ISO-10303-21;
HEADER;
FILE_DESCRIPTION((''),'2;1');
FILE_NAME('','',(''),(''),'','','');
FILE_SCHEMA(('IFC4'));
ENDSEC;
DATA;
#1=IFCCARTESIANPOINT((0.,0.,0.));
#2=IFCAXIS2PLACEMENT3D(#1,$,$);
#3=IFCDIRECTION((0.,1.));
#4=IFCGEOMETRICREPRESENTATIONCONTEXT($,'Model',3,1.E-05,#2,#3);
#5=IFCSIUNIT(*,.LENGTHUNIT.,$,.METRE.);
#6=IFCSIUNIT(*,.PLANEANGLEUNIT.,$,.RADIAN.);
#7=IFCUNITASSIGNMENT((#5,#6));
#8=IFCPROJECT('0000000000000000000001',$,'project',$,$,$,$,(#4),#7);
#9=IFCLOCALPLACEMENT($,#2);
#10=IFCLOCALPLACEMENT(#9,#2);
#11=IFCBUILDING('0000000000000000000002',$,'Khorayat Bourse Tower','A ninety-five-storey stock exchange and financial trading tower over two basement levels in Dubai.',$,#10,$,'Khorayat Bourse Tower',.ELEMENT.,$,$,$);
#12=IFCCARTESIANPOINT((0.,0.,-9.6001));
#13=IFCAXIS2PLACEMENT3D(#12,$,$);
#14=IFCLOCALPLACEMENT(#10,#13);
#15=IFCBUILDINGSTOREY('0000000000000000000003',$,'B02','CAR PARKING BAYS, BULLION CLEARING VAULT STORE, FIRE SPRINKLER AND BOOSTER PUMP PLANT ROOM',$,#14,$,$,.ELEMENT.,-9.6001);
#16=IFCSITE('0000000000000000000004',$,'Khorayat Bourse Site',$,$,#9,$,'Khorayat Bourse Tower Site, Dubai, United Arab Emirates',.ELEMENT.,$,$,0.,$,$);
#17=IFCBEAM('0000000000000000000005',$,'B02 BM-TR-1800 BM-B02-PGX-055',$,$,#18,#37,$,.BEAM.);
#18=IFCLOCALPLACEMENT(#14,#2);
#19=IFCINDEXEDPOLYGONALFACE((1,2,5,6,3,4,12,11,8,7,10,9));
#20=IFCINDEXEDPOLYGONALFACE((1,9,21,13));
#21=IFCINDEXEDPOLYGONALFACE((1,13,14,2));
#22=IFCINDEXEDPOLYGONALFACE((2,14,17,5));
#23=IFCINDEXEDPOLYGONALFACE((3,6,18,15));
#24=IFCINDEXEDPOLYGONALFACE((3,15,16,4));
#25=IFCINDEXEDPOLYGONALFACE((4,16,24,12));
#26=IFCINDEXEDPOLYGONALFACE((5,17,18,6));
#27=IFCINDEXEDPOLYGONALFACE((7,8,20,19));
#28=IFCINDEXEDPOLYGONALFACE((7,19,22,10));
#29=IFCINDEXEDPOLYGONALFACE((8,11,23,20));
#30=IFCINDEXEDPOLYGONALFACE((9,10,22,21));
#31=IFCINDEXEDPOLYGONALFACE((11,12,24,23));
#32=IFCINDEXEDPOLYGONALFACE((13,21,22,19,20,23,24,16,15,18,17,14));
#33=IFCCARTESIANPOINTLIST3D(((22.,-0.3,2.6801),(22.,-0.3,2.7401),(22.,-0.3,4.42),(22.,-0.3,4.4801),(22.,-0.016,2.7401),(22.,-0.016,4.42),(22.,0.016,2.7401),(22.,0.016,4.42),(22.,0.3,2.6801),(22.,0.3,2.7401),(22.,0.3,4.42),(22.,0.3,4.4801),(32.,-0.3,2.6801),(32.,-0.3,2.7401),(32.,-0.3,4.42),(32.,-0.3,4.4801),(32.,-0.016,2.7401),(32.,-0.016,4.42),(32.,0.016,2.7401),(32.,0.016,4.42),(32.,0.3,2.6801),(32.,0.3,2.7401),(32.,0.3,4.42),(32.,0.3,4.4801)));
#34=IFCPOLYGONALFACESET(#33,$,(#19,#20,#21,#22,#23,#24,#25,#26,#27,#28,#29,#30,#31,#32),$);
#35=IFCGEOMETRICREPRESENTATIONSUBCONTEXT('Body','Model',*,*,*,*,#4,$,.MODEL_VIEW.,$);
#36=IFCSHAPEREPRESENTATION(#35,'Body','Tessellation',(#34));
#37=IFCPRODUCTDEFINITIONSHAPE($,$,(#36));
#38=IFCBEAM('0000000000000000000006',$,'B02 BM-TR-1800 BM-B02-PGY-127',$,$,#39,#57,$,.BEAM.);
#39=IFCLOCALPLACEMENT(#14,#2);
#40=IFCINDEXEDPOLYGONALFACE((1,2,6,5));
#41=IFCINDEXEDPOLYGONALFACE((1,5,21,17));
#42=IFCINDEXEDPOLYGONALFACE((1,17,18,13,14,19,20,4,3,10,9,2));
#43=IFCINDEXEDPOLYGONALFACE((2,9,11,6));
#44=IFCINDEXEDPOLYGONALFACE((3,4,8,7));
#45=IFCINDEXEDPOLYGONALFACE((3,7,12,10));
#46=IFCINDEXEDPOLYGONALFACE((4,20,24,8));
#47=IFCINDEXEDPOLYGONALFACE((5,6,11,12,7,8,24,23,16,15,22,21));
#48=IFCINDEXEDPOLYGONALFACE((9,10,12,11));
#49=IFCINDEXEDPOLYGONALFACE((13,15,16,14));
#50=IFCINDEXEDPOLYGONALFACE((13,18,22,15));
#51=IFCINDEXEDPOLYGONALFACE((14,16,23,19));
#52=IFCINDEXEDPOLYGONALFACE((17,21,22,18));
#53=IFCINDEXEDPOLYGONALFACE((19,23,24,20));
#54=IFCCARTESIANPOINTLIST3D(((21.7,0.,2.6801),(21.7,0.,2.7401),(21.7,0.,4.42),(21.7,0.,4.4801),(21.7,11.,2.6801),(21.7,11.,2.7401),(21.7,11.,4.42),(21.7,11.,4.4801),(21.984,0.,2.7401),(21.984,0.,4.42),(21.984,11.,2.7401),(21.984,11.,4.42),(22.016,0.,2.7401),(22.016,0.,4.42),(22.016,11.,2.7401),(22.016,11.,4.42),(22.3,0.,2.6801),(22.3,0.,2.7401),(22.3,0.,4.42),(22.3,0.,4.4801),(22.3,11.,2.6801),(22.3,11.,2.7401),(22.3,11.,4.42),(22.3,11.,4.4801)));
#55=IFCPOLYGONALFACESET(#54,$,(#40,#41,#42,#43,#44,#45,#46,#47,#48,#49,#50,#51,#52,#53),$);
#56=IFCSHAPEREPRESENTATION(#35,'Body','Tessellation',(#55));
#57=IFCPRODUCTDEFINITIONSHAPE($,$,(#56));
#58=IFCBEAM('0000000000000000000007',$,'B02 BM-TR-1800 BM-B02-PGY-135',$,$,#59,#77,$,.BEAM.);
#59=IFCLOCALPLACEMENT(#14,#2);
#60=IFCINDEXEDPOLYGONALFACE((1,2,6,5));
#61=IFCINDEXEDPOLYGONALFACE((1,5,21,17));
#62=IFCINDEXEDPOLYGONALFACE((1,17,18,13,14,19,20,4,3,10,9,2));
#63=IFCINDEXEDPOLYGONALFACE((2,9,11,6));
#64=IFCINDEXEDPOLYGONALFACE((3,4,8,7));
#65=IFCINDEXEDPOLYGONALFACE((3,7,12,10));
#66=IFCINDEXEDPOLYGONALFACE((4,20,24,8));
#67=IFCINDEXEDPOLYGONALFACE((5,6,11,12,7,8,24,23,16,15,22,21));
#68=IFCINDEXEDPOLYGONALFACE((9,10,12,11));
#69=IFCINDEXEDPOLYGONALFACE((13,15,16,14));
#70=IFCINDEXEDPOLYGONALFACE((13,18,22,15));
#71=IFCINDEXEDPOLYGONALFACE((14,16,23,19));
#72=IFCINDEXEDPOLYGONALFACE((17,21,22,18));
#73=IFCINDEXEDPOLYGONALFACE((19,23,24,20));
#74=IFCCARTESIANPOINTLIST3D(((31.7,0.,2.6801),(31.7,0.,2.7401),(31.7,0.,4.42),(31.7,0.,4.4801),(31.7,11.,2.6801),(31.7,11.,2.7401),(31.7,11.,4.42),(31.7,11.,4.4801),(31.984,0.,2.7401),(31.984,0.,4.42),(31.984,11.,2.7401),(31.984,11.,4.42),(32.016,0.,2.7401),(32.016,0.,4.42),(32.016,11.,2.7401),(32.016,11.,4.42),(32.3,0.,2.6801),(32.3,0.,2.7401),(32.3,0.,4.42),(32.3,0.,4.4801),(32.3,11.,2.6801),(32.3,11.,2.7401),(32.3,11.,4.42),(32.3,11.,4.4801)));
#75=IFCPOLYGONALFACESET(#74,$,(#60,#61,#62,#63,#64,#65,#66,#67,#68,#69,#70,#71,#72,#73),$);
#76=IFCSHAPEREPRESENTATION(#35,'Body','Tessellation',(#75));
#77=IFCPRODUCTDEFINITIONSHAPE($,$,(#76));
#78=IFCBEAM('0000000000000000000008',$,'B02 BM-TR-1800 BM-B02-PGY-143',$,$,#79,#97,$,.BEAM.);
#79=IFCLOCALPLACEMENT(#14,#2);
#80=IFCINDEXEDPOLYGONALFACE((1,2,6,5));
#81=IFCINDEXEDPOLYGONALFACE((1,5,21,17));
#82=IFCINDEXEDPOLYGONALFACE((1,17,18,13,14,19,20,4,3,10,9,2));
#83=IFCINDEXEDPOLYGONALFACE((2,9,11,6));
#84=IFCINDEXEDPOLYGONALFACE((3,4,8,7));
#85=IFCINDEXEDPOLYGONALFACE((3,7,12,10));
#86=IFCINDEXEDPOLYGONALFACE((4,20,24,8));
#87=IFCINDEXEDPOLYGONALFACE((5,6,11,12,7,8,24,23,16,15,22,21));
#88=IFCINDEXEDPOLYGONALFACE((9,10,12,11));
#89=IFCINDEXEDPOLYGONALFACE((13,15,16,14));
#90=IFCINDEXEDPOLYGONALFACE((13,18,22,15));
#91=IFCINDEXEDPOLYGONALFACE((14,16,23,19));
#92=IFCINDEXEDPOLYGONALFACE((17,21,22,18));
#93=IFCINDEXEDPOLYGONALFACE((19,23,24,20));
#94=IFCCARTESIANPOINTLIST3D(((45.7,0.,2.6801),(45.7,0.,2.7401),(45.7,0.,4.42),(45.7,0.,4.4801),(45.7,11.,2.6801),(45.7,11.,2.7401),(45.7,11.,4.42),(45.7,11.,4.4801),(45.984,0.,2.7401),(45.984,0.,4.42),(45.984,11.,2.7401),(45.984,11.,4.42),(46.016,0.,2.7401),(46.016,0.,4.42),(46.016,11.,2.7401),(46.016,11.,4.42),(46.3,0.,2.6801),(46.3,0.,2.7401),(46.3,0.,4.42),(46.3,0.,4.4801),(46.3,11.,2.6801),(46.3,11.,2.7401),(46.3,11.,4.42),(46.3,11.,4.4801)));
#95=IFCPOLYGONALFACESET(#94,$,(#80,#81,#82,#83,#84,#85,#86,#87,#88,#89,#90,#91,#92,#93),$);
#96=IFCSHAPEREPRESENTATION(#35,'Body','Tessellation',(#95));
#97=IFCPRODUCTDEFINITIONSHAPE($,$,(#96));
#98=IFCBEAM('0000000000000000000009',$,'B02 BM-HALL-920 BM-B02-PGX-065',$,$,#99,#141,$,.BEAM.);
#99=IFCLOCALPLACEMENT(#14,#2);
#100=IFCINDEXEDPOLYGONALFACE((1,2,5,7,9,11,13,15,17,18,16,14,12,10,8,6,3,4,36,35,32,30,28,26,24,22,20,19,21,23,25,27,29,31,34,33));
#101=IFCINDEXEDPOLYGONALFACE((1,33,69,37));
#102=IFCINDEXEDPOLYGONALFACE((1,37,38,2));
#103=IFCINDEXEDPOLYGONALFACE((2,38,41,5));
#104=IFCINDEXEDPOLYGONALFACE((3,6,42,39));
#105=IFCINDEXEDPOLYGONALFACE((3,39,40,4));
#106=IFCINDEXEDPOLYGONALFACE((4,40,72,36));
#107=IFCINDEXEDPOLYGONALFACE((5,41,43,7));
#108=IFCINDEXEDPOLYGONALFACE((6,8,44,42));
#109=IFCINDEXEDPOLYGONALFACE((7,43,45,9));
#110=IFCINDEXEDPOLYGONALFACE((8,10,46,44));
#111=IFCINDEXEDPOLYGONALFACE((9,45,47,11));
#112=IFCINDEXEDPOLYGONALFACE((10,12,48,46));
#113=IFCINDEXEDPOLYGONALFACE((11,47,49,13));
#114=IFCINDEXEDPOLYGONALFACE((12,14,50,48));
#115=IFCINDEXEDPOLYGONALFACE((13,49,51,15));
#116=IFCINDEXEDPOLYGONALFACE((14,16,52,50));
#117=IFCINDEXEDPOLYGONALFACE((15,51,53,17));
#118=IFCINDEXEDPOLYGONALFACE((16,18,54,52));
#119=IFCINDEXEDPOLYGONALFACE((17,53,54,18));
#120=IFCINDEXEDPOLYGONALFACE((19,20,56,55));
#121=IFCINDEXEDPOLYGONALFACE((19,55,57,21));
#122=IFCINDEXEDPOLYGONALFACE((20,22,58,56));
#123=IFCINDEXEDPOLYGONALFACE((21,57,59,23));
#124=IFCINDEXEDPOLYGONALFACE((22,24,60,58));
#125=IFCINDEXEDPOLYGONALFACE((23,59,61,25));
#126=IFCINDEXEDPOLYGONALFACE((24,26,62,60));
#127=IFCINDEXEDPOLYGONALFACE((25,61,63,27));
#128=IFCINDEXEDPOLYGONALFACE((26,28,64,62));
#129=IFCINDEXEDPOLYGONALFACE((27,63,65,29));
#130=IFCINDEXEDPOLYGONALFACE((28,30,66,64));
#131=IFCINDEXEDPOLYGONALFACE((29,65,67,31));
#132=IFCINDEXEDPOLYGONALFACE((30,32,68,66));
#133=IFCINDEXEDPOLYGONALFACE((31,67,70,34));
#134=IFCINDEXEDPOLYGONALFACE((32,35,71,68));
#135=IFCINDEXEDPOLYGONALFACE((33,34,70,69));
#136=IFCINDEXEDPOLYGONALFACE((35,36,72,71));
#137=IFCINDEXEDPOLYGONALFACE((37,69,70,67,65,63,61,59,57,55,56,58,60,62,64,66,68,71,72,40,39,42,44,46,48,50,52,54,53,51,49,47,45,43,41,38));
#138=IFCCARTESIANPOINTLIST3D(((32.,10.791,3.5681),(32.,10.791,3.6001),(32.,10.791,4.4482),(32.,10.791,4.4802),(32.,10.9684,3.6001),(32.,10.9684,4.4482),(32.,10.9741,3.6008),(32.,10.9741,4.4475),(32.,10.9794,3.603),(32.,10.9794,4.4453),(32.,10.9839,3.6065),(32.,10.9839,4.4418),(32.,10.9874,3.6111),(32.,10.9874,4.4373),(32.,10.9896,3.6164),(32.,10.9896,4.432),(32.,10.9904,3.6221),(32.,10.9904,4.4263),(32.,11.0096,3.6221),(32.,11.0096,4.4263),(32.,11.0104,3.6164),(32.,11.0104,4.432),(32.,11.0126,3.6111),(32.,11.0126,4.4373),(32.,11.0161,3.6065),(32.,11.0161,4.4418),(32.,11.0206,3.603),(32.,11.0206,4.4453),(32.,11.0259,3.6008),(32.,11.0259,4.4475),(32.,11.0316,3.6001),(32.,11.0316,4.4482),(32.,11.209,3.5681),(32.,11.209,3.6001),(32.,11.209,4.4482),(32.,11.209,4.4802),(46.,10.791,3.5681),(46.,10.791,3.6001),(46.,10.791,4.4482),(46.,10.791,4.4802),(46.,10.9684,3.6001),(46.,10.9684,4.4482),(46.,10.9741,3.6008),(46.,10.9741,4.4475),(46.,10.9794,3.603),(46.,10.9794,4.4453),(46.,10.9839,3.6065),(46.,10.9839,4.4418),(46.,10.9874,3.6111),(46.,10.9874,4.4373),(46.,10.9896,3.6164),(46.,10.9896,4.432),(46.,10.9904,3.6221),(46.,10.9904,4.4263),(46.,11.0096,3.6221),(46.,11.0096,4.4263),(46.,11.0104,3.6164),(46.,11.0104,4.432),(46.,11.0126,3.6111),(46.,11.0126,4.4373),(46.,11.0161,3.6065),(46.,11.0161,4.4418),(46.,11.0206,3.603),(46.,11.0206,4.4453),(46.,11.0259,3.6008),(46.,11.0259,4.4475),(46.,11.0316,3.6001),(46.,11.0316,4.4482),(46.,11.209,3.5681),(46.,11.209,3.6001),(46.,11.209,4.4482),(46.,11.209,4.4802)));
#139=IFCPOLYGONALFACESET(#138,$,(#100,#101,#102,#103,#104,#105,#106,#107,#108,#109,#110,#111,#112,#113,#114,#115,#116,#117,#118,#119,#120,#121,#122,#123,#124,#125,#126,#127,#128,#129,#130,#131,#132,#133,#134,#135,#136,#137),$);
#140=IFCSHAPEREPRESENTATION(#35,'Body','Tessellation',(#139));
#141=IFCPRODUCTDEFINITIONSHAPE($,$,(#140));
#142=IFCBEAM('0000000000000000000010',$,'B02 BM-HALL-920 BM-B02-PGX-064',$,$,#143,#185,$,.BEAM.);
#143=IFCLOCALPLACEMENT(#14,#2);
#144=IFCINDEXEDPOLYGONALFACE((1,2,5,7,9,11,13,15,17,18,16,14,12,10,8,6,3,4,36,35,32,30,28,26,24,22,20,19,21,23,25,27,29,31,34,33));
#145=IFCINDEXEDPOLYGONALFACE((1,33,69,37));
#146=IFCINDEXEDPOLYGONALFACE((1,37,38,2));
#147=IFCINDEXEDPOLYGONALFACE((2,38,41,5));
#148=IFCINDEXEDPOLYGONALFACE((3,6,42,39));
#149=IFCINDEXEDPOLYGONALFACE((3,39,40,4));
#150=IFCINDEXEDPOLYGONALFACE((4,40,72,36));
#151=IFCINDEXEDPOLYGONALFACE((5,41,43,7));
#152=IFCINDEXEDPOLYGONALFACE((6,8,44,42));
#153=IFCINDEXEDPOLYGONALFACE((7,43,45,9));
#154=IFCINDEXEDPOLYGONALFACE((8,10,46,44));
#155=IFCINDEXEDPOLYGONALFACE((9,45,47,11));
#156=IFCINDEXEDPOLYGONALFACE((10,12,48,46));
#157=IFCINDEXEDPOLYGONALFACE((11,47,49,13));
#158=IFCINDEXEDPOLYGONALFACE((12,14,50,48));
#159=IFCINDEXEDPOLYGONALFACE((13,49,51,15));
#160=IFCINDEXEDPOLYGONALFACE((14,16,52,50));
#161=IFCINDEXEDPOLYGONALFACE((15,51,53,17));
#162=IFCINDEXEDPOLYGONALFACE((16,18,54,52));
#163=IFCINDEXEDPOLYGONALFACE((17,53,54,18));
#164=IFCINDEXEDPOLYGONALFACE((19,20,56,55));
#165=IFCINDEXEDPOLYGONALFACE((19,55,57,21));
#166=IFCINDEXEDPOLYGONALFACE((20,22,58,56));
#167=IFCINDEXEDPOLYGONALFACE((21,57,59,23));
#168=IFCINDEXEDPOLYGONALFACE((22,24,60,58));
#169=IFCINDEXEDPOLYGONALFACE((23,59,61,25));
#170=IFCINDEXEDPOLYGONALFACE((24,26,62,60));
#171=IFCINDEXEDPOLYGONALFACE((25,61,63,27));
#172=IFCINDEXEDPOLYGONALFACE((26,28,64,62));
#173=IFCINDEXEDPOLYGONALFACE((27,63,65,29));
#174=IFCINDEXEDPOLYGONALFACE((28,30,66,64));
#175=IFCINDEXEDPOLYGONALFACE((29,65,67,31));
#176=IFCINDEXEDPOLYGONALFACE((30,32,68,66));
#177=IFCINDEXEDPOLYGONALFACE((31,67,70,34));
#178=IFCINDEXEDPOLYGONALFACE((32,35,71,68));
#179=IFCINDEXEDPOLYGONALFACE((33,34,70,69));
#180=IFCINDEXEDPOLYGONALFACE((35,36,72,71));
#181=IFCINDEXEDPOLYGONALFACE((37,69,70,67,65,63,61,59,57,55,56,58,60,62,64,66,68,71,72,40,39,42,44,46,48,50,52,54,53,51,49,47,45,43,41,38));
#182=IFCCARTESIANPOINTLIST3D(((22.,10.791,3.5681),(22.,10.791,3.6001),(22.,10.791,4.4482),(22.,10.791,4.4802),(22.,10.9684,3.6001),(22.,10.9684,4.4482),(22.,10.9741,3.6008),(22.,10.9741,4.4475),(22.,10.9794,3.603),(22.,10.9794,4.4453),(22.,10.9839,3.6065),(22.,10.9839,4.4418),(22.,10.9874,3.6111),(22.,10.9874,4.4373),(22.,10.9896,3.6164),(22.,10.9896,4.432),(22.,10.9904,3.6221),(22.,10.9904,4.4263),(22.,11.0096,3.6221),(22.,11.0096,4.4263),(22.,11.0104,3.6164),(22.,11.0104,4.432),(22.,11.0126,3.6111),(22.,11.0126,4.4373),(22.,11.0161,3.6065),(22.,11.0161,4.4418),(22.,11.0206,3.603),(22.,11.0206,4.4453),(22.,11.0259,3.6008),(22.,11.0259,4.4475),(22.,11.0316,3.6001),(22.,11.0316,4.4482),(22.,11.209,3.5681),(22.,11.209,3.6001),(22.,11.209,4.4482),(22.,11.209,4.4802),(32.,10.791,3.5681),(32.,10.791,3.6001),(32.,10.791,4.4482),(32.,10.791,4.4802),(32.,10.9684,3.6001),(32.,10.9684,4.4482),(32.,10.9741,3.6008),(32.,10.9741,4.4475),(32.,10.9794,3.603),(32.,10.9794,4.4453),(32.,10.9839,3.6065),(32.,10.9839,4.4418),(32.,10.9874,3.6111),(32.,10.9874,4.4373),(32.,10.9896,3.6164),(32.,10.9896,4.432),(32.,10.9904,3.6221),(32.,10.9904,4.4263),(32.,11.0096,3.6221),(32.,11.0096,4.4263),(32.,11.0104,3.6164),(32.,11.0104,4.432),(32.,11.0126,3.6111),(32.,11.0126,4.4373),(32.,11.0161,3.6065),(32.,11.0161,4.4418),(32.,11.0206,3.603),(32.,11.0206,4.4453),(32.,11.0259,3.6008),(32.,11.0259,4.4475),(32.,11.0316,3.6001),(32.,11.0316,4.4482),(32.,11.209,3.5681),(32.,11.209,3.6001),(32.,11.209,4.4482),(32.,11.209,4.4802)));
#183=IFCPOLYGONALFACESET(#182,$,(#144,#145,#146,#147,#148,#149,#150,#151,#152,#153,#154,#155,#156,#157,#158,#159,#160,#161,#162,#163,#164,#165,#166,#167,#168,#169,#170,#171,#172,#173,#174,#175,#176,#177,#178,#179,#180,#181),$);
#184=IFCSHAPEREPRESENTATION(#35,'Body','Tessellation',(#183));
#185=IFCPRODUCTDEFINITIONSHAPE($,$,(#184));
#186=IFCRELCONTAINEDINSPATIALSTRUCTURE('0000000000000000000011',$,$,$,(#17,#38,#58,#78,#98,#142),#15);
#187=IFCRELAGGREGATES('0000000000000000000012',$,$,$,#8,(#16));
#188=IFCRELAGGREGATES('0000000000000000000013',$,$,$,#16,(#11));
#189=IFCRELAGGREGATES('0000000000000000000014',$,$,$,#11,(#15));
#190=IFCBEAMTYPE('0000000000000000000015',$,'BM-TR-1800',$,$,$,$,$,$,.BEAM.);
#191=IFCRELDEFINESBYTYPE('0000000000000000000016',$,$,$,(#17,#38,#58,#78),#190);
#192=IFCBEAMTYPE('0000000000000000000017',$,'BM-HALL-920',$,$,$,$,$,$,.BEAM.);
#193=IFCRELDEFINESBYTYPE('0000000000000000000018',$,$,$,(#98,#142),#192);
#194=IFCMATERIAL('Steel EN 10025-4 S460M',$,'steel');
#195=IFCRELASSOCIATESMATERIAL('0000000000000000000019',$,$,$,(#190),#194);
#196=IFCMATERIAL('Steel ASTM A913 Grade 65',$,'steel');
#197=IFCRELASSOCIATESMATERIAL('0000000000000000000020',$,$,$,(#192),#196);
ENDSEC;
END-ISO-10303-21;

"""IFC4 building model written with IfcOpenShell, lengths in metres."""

from ifc_helpers import new_model, si_unit, direction, frame, origin, origin_2d, place, context, subcontext, project, spatial, i_section, extrude, source, transform, mapped, material, material_profile, profile_set, type_object, element, save


model = new_model("IFC4")

# Units and contexts
model_context = context("Model", 3, precision=1e-05, world=origin(), true_north=direction((0.0, 1.0)))
body_context = subcontext(model_context, "Body", "Model", "MODEL_VIEW")
ifc_project = project(units=[si_unit("LENGTHUNIT", "METRE"), si_unit("PLANEANGLEUNIT", "RADIAN")], contexts=[model_context])

# Site, building, storey
site_placement = place(None, origin())
site = spatial("IfcSite", under=ifc_project, at=site_placement, Name="Khorayat Bourse Site", LongName="Khorayat Bourse Tower Site, Dubai, United Arab Emirates", CompositionType="ELEMENT", RefElevation=0.0)
building_placement = place(site_placement, origin())
building = spatial("IfcBuilding", under=site, at=building_placement, Name="Khorayat Bourse Tower", Description="A ninety-five-storey stock exchange and financial trading tower over two basement levels in Dubai.", LongName="Khorayat Bourse Tower", CompositionType="ELEMENT")
storey_placement = place(building_placement, frame((0.0, 0.0, -9.6001)))
storey = spatial("IfcBuildingStorey", under=building, at=storey_placement, Name="B02", Description="CAR PARKING BAYS, BULLION CLEARING VAULT STORE, FIRE SPRINKLER AND BOOSTER PUMP PLANT ROOM", CompositionType="ELEMENT", Elevation=-9.6001)

# Beams
ifc_material_1 = material(Name="Steel EN 10025-4 S460M", Category="steel")
ifc_material_profile_1 = material_profile(ifc_material_1, i_section(OverallWidth=0.6001, OverallDepth=1.8, WebThickness=0.032, FlangeThickness=0.0601, at=origin_2d()), Name="PG 1800x600x32x60")
ifc_profile_set_1 = profile_set([ifc_material_profile_1], Name="Steel EN 10025-4 S460M")
beam_type_1 = type_object("IfcBeamType", Name="BM-TR-1800", PredefinedType="BEAM", material=ifc_profile_set_1)
shared_shape_1 = source(origin(), body_context, "Body", "SweptSolid", [
    extrude(i_section(OverallWidth=0.6001, OverallDepth=1.8, WebThickness=0.032, FlangeThickness=0.0601, at=origin_2d()), origin(), (0.0, 0.0, 1.0), 10.0),
])
beam_1_placement = place(storey_placement, frame((22.0, 0.0, 3.5801), z_axis=(1.0, 0.0, 0.0), x_axis=(0.0, 1.0, 0.0)))
element("IfcBeam", 1, at=beam_1_placement, inside=storey, type_object=beam_type_1, Name="B02 BM-TR-1800 BM-B02-PGX-055", PredefinedType="BEAM", context=body_context, shape_type="MappedRepresentation", body=[
    mapped(shared_shape_1, transform((0.0, 0.0, 0.0), scale=1.0)),
])
shared_shape_2 = source(origin(), body_context, "Body", "SweptSolid", [
    extrude(i_section(OverallWidth=0.6001, OverallDepth=1.8, WebThickness=0.032, FlangeThickness=0.0601, at=origin_2d()), origin(), (0.0, 0.0, 1.0), 11.0),
])
for number, where, z_axis, x_axis, name in (
    (2, (22.0, 0.0, 3.5801), (0.0, 1.0, 0.0), (-1.0, 0.0, 0.0), "B02 BM-TR-1800 BM-B02-PGY-127"),
    (3, (32.0, 0.0, 3.5801), (0.0, 1.0, 0.0), (-1.0, 0.0, 0.0), "B02 BM-TR-1800 BM-B02-PGY-135"),
    (4, (46.0, 0.0, 3.5801), (0.0, 1.0, 0.0), (-1.0, 0.0, 0.0), "B02 BM-TR-1800 BM-B02-PGY-143"),
):
    element("IfcBeam", number, at=place(storey_placement, frame(where, z_axis=z_axis, x_axis=x_axis)), inside=storey, type_object=beam_type_1, Name=name, PredefinedType="BEAM", context=body_context, shape_type="MappedRepresentation", body=[
        mapped(shared_shape_2, transform((0.0, 0.0, 0.0), scale=1.0)),
    ])
ifc_material_2 = material(Name="Steel ASTM A913 Grade 65", Category="steel")
ifc_material_profile_2 = material_profile(ifc_material_2, i_section(OverallWidth=0.418, OverallDepth=0.9121, WebThickness=0.0193, FlangeThickness=0.032, FilletRadius=0.022, at=origin_2d()), Name="W920X342")
ifc_profile_set_2 = profile_set([ifc_material_profile_2], Name="Steel ASTM A913 Grade 65")
beam_type_2 = type_object("IfcBeamType", Name="BM-HALL-920", PredefinedType="BEAM", material=ifc_profile_set_2)
shared_shape_3 = source(origin(), body_context, "Body", "SweptSolid", [
    extrude(i_section(OverallWidth=0.418, OverallDepth=0.9121, WebThickness=0.0193, FlangeThickness=0.032, FilletRadius=0.022, at=origin_2d()), origin(), (0.0, 0.0, 1.0), 14.0),
])
beam_2_placement = place(storey_placement, frame((32.0, 11.0, 4.0242), z_axis=(1.0, 0.0, 0.0), x_axis=(0.0, 1.0, 0.0)))
element("IfcBeam", 5, at=beam_2_placement, inside=storey, type_object=beam_type_2, Name="B02 BM-HALL-920 BM-B02-PGX-065", PredefinedType="BEAM", context=body_context, shape_type="MappedRepresentation", body=[
    mapped(shared_shape_3, transform((0.0, 0.0, 0.0), scale=1.0)),
])
shared_shape_4 = source(origin(), body_context, "Body", "SweptSolid", [
    extrude(i_section(OverallWidth=0.418, OverallDepth=0.9121, WebThickness=0.0193, FlangeThickness=0.032, FilletRadius=0.022, at=origin_2d()), origin(), (0.0, 0.0, 1.0), 10.0),
])
beam_3_placement = place(storey_placement, frame((22.0, 11.0, 4.0242), z_axis=(1.0, 0.0, 0.0), x_axis=(0.0, 1.0, 0.0)))
element("IfcBeam", 6, at=beam_3_placement, inside=storey, type_object=beam_type_2, Name="B02 BM-HALL-920 BM-B02-PGX-064", PredefinedType="BEAM", context=body_context, shape_type="MappedRepresentation", body=[
    mapped(shared_shape_4, transform((0.0, 0.0, 0.0), scale=1.0)),
])

save(model, "model.ifc")
